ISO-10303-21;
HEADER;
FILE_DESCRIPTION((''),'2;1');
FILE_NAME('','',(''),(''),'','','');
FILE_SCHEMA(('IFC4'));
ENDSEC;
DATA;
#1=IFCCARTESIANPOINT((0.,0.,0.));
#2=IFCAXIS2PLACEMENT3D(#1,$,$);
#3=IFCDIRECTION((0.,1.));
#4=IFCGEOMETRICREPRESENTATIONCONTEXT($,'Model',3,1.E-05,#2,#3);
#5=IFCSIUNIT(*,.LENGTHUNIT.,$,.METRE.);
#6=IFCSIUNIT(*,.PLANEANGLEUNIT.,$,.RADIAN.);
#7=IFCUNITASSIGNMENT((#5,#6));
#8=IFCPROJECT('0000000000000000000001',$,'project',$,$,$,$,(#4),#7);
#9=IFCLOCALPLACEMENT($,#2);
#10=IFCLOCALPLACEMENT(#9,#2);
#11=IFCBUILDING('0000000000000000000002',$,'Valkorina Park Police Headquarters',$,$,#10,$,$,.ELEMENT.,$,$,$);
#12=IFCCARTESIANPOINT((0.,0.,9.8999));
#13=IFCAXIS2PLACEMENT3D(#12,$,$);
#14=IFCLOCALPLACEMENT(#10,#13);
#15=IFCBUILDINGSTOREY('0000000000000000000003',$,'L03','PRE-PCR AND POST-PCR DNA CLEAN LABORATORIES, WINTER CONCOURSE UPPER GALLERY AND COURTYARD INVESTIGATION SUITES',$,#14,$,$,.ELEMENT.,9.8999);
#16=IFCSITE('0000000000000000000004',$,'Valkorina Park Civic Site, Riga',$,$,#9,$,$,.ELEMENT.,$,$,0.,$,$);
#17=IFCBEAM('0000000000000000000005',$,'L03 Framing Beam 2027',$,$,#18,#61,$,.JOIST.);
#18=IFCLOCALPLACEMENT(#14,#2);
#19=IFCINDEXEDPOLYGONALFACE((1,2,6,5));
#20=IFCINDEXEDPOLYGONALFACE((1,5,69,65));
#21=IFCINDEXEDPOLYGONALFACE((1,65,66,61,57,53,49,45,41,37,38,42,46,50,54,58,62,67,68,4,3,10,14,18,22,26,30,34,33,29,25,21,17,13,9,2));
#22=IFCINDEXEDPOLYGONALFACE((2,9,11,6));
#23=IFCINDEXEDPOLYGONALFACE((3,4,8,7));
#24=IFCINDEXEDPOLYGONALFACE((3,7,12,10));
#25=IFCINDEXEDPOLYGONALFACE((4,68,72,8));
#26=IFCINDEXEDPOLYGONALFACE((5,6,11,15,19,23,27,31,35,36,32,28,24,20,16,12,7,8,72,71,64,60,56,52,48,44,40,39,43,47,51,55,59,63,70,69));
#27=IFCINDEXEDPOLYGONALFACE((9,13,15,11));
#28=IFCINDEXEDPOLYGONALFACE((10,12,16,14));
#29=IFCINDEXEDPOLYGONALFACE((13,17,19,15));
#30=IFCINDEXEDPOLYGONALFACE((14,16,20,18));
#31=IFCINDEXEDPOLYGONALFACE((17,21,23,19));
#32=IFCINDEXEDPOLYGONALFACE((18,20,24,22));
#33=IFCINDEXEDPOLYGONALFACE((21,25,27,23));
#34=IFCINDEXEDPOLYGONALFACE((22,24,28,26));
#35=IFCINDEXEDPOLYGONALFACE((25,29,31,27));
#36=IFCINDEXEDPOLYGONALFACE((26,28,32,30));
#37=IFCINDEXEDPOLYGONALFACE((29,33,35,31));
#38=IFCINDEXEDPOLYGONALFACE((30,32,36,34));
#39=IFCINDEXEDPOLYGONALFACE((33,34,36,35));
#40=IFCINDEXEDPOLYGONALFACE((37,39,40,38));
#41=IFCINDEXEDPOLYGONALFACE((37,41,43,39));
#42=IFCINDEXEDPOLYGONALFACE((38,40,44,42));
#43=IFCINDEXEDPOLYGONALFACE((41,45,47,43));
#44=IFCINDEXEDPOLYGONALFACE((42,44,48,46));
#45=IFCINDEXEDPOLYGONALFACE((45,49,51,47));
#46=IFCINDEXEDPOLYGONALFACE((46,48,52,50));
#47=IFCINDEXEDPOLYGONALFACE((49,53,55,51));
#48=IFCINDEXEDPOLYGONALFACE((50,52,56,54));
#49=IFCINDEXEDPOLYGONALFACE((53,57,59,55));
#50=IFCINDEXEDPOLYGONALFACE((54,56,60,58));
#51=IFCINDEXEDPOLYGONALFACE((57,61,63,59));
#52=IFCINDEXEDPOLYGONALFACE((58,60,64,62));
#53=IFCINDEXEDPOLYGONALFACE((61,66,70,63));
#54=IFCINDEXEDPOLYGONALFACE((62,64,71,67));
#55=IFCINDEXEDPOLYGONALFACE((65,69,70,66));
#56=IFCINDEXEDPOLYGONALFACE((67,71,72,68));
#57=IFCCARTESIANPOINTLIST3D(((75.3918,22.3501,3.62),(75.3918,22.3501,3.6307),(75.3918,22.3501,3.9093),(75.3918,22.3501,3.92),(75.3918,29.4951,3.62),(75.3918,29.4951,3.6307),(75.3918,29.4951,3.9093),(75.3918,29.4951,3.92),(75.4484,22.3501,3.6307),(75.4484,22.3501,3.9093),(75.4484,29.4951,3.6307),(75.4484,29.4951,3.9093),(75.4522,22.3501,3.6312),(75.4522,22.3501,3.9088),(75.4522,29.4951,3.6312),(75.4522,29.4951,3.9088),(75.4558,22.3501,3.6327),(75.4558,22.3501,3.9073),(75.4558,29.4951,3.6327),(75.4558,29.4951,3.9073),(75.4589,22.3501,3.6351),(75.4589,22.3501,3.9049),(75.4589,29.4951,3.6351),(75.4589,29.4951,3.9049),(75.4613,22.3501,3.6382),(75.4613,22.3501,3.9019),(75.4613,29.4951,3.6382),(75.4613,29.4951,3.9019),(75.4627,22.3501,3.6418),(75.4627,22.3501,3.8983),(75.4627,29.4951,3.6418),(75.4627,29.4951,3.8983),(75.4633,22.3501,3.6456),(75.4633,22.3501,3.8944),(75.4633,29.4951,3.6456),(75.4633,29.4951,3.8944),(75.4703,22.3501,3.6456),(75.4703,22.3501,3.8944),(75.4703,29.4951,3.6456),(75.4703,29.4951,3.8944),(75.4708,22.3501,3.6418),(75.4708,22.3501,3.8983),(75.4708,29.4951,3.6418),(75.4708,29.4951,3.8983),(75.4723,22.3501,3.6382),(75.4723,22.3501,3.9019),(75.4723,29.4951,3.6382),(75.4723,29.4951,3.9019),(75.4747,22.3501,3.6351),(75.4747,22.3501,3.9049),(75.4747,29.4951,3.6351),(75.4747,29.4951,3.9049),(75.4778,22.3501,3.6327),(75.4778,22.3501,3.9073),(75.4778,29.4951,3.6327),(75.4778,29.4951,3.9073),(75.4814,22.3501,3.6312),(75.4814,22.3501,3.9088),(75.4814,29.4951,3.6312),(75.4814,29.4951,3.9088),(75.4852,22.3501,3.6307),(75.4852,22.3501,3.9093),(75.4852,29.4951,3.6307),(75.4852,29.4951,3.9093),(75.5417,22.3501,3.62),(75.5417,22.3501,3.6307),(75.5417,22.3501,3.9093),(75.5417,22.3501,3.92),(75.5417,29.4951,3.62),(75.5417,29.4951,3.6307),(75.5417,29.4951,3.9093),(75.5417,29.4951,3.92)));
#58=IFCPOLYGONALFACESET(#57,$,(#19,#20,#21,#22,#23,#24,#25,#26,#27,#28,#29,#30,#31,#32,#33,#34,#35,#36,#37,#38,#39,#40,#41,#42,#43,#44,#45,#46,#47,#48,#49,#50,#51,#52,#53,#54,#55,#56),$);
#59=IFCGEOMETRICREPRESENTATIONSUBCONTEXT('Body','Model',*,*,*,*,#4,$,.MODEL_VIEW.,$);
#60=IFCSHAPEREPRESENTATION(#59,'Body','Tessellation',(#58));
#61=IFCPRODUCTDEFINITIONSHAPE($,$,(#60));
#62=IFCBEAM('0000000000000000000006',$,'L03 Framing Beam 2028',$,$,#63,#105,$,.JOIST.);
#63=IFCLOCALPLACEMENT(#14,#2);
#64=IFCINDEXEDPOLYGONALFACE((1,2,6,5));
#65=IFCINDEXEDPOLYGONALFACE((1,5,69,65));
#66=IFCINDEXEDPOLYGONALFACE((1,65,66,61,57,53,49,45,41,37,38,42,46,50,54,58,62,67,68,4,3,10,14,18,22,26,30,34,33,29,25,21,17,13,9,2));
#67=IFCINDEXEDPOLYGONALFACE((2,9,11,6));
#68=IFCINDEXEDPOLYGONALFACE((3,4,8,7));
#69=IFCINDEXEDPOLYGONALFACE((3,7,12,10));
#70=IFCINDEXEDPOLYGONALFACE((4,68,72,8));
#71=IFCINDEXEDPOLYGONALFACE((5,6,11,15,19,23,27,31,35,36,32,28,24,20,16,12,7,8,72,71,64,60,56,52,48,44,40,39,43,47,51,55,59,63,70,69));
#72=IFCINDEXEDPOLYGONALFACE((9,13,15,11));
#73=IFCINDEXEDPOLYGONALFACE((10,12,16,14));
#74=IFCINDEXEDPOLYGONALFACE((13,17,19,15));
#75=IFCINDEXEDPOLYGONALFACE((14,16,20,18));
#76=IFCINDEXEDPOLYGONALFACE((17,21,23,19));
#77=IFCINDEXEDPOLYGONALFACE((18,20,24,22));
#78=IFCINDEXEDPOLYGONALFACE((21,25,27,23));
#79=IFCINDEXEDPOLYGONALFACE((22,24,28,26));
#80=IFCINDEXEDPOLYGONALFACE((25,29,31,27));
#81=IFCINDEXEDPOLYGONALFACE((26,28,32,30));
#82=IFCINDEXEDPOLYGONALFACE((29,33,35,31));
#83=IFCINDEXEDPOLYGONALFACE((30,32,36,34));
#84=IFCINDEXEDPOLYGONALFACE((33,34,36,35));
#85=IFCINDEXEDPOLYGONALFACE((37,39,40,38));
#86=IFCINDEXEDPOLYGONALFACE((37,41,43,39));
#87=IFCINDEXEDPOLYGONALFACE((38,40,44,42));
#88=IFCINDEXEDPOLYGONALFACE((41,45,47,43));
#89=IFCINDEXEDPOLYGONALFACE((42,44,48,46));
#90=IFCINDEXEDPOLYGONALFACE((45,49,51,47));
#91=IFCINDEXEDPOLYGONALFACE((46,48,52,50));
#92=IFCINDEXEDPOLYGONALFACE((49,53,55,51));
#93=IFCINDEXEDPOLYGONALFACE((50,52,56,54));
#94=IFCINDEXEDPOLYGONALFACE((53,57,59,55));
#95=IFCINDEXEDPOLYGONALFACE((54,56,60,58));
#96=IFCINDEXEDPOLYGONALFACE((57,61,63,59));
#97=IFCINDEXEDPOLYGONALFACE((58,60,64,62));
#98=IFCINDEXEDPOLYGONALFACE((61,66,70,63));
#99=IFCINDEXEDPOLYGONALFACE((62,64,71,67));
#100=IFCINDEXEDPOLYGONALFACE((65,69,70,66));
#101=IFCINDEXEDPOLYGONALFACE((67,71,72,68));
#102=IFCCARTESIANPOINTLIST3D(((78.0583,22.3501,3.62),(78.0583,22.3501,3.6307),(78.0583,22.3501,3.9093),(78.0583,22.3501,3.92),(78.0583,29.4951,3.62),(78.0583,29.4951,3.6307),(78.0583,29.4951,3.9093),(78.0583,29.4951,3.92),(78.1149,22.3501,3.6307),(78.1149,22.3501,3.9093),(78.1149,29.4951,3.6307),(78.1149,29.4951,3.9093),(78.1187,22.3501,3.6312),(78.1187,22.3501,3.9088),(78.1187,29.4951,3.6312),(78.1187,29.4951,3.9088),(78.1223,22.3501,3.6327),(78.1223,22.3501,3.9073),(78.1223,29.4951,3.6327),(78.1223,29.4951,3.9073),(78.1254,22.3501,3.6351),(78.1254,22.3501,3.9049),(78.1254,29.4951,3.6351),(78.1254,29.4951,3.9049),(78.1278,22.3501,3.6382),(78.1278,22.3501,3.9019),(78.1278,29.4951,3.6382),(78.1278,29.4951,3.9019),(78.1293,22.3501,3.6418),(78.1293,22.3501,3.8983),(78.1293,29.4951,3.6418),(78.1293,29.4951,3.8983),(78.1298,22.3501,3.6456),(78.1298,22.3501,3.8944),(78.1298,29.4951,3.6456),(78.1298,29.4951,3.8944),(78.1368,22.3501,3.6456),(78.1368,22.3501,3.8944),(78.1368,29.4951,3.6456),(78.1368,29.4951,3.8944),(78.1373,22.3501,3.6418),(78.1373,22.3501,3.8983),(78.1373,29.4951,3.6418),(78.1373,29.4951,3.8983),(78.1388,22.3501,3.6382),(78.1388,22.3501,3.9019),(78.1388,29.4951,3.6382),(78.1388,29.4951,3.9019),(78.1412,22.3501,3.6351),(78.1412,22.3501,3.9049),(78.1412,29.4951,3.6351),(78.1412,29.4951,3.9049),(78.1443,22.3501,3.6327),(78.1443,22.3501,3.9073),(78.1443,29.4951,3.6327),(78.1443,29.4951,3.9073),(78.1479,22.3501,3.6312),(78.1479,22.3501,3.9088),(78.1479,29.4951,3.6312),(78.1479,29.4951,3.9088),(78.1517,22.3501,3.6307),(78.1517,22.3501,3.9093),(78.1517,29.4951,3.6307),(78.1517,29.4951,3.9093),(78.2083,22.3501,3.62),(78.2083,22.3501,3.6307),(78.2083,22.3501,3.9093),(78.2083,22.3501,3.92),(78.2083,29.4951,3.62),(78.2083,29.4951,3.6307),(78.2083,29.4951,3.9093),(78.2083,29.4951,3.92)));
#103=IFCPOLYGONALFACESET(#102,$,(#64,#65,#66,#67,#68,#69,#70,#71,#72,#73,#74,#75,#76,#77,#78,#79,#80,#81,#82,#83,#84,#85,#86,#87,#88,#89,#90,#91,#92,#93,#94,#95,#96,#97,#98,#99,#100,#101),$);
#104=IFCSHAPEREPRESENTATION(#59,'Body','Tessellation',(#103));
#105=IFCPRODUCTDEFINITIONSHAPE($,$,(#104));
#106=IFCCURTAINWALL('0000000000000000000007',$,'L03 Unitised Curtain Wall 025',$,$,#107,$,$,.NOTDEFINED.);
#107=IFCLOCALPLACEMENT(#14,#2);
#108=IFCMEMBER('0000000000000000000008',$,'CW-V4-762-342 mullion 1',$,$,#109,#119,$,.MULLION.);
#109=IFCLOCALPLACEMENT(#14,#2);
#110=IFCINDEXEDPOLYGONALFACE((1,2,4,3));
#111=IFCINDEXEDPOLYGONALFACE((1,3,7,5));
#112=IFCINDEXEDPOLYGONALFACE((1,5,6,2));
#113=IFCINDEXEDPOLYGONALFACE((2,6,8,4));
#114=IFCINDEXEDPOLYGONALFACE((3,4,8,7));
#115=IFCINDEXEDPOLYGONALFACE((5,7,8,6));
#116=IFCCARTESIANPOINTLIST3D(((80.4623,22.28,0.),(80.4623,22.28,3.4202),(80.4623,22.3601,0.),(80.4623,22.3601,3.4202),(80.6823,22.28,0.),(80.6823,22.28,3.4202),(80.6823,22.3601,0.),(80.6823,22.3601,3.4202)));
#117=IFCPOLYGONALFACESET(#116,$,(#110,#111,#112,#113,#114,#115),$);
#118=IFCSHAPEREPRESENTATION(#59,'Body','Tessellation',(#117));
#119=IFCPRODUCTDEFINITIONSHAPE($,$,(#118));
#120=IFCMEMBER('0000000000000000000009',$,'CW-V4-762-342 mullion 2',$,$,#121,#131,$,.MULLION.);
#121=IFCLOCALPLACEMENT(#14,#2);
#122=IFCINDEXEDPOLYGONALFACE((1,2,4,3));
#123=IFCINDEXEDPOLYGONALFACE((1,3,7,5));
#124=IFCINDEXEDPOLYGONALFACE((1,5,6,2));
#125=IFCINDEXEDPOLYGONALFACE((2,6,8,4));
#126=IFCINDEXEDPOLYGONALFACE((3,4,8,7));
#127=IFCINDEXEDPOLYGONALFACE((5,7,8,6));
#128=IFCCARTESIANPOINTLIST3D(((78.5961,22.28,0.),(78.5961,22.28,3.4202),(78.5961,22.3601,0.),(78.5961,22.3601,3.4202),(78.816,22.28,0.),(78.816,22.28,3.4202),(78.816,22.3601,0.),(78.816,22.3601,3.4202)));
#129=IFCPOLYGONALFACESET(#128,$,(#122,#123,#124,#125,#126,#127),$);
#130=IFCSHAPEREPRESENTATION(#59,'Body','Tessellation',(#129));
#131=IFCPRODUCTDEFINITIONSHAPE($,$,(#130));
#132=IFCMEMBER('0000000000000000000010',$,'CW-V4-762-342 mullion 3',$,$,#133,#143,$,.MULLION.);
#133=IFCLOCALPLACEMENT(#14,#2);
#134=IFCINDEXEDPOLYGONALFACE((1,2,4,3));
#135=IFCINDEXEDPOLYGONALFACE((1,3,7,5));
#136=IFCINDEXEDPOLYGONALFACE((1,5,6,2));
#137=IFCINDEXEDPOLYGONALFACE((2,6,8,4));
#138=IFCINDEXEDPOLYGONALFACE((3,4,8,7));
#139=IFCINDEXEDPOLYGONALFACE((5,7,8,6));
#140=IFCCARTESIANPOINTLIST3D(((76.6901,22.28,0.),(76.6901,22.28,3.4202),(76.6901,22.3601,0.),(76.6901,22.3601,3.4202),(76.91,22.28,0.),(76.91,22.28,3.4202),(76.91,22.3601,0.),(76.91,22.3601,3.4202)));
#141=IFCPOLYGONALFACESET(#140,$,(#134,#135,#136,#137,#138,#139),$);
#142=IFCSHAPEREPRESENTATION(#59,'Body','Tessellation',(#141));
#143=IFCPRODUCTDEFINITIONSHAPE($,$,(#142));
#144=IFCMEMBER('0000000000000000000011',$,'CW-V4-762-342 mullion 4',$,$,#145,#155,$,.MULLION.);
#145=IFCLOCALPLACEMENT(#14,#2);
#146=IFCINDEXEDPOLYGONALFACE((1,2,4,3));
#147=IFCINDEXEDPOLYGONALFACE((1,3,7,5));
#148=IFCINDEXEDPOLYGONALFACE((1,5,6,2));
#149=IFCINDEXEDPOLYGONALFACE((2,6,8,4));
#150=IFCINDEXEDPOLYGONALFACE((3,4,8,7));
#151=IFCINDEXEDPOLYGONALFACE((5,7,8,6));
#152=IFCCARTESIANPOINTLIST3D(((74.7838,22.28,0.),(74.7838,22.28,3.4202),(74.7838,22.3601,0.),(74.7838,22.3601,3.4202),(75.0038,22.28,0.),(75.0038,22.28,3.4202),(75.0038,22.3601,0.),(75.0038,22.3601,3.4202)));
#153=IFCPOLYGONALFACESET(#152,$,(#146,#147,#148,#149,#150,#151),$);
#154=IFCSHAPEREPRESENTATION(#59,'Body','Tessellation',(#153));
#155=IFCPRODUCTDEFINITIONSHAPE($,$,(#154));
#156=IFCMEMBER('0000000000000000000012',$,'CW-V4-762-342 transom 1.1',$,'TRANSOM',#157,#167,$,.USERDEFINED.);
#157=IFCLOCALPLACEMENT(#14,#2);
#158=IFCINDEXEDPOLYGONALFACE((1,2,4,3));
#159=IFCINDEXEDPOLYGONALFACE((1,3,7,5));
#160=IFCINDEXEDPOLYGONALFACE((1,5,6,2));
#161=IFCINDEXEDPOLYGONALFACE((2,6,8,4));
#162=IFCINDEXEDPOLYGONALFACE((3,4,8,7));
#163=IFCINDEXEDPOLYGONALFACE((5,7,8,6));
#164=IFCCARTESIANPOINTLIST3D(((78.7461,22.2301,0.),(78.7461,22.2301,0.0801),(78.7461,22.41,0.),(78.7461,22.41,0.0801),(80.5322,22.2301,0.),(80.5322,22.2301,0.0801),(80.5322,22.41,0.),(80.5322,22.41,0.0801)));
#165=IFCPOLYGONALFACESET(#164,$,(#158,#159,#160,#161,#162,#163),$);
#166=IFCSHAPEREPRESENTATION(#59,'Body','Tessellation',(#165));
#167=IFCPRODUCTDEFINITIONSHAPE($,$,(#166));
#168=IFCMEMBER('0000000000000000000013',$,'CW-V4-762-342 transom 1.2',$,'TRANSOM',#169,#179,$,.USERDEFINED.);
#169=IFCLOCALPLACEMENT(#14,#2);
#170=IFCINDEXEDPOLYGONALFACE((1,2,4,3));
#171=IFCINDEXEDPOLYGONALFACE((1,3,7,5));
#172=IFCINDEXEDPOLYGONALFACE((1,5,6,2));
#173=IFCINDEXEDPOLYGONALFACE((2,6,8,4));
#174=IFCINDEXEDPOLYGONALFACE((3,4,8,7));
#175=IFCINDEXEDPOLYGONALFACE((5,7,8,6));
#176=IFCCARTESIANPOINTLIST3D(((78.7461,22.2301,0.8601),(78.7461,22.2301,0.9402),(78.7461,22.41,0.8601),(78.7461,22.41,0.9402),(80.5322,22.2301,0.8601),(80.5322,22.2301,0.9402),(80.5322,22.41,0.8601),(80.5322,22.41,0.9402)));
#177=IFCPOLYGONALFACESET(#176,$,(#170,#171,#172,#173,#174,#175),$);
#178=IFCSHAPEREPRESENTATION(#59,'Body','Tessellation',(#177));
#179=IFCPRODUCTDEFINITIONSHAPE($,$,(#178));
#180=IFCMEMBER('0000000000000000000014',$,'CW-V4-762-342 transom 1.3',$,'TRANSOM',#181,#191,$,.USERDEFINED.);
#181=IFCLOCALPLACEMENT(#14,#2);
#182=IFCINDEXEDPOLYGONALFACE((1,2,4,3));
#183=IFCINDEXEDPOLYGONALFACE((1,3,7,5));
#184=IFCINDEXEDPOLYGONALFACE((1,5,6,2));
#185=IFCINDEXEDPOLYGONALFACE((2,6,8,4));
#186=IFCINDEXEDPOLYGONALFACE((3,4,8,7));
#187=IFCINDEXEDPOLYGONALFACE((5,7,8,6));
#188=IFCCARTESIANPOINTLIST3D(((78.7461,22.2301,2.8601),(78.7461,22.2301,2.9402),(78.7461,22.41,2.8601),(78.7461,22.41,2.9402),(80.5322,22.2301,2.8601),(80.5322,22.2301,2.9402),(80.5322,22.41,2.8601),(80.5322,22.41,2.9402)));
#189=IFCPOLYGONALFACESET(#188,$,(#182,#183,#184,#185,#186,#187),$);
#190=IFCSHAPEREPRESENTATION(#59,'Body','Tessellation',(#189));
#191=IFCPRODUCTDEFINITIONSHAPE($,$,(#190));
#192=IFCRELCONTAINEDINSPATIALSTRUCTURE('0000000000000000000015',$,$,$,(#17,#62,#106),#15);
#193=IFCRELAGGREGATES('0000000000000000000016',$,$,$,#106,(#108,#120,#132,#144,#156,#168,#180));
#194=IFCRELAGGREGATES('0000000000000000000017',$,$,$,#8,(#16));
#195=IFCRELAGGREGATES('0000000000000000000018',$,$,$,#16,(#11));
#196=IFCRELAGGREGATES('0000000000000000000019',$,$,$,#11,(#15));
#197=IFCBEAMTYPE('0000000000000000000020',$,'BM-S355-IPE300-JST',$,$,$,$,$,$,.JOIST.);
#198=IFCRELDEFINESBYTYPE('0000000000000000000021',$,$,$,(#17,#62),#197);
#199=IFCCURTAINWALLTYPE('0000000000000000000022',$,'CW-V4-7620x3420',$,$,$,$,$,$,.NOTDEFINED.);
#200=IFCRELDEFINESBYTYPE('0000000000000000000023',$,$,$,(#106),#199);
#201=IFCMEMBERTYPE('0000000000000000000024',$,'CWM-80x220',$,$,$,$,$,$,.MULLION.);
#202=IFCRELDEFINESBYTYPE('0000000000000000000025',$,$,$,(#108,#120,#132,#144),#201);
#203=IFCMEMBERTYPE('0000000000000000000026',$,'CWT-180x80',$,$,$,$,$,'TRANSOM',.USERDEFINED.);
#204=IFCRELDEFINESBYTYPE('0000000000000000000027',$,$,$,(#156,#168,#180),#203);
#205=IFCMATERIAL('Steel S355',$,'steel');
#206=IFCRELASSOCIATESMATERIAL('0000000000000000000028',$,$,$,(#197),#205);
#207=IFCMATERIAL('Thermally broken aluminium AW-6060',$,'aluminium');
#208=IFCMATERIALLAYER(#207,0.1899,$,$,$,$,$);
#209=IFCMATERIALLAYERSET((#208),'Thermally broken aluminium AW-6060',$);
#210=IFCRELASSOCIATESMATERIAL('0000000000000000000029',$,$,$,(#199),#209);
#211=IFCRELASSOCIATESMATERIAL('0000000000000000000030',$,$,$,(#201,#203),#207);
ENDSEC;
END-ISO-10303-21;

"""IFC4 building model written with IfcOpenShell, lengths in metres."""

from ifc_helpers import new_model, si_unit, direction, frame, origin, origin_2d, place, context, subcontext, project, spatial, rectangle, i_section, extrude, material, layer, layer_set, material_profile, profile_set, type_object, element, aggregate, save


model = new_model("IFC4")

# Units and contexts
model_context = context("Model", 3, precision=1e-05, world=origin(), true_north=direction((0.0, 1.0)))
body_context = subcontext(model_context, "Body", "Model", "MODEL_VIEW")
ifc_project = project(units=[si_unit("LENGTHUNIT", "METRE"), si_unit("PLANEANGLEUNIT", "RADIAN")], contexts=[model_context])

# Site, building, storey
site_placement = place(None, origin())
site = spatial("IfcSite", under=ifc_project, at=site_placement, Name="Valkorina Park Civic Site, Riga", CompositionType="ELEMENT", RefElevation=0.0)
building_placement = place(site_placement, origin())
building = spatial("IfcBuilding", under=site, at=building_placement, Name="Valkorina Park Police Headquarters", CompositionType="ELEMENT")
storey_placement = place(building_placement, frame((0.0, 0.0, 9.8999)))
storey = spatial("IfcBuildingStorey", under=building, at=storey_placement, Name="L03", Description="PRE-PCR AND POST-PCR DNA CLEAN LABORATORIES, WINTER CONCOURSE UPPER GALLERY AND COURTYARD INVESTIGATION SUITES", CompositionType="ELEMENT", Elevation=9.8999)

# Beams
ifc_material_1 = material(Name="Steel S355", Category="steel")
ifc_material_profile_1 = material_profile(ifc_material_1, i_section(OverallWidth=0.1499, OverallDepth=0.3, WebThickness=0.0071, FlangeThickness=0.0107, FilletRadius=0.0149, at=origin_2d()), Name="IPE 300")
ifc_profile_set_1 = profile_set([ifc_material_profile_1], Name="Steel S355")
beam_type = type_object("IfcBeamType", Name="BM-S355-IPE300-JST", PredefinedType="JOIST", material=ifc_profile_set_1)
for number, where, z_axis, x_axis, name in (
    (1, (75.4668, 22.3501, 3.77), (0.0, 1.0, 0.0), (-1.0, 0.0, 0.0), "L03 Framing Beam 2027"),
    (2, (78.1333, 22.3501, 3.77), (0.0, 1.0, 0.0), (-1.0, 0.0, 0.0), "L03 Framing Beam 2028"),
):
    element("IfcBeam", number, at=place(storey_placement, frame(where, z_axis=z_axis, x_axis=x_axis)), inside=storey, type_object=beam_type, Name=name, PredefinedType="JOIST", context=body_context, shape_type="SweptSolid", body=[
        extrude(i_section(OverallWidth=0.1499, OverallDepth=0.3, WebThickness=0.0071, FlangeThickness=0.0107, FilletRadius=0.0149, at=origin_2d()), origin(), (0.0, 0.0, 1.0), 7.145),
    ])

# Curtain wall, members
ifc_material_2 = material(Name="Thermally broken aluminium AW-6060", Category="aluminium")
ifc_layer_1 = layer(ifc_material_2, 0.1899)
ifc_layer_set_1 = layer_set([ifc_layer_1], Name="Thermally broken aluminium AW-6060")
curtain_wall_type = type_object("IfcCurtainWallType", Name="CW-V4-7620x3420", PredefinedType="NOTDEFINED", material=ifc_layer_set_1)
curtain_wall_placement = place(storey_placement, origin())
curtain_wall = element("IfcCurtainWall", 3, at=curtain_wall_placement, inside=storey, type_object=curtain_wall_type, Name="L03 Unitised Curtain Wall 025", PredefinedType="NOTDEFINED")
ifc_material_profile_2 = material_profile(ifc_material_2, rectangle(XDim=0.0801, YDim=0.22, at=origin_2d()), Name="CWM-03 80x220")
ifc_profile_set_2 = profile_set([ifc_material_profile_2], Name="Thermally broken aluminium AW-6060")
member_type_1 = type_object("IfcMemberType", Name="CWM-80x220", PredefinedType="MULLION", material=ifc_profile_set_2)
member_1_placement = place(storey_placement, frame((80.5723, 22.3201, 0.0), z_axis=(0.0, 0.0, 1.0), x_axis=(0.0, -1.0, 0.0)))
member_1 = element("IfcMember", 4, at=member_1_placement, type_object=member_type_1, Name="CW-V4-762-342 mullion 1", PredefinedType="MULLION", context=body_context, shape_type="SweptSolid", body=[
    extrude(rectangle(XDim=0.0801, YDim=0.22, at=origin_2d()), origin(), (0.0, 0.0, 1.0), 3.4202),
])
member_2_placement = place(storey_placement, frame((78.7061, 22.3201, 0.0), z_axis=(0.0, 0.0, 1.0), x_axis=(0.0, -1.0, 0.0)))
member_2 = element("IfcMember", 5, at=member_2_placement, type_object=member_type_1, Name="CW-V4-762-342 mullion 2", PredefinedType="MULLION", context=body_context, shape_type="SweptSolid", body=[
    extrude(rectangle(XDim=0.0801, YDim=0.22, at=origin_2d()), origin(), (0.0, 0.0, 1.0), 3.4202),
])
member_3_placement = place(storey_placement, frame((76.8, 22.3201, 0.0), z_axis=(0.0, 0.0, 1.0), x_axis=(0.0, -1.0, 0.0)))
member_3 = element("IfcMember", 6, at=member_3_placement, type_object=member_type_1, Name="CW-V4-762-342 mullion 3", PredefinedType="MULLION", context=body_context, shape_type="SweptSolid", body=[
    extrude(rectangle(XDim=0.0801, YDim=0.22, at=origin_2d()), origin(), (0.0, 0.0, 1.0), 3.4202),
])
member_4_placement = place(storey_placement, frame((74.8938, 22.3201, 0.0), z_axis=(0.0, 0.0, 1.0), x_axis=(0.0, -1.0, 0.0)))
member_4 = element("IfcMember", 7, at=member_4_placement, type_object=member_type_1, Name="CW-V4-762-342 mullion 4", PredefinedType="MULLION", context=body_context, shape_type="SweptSolid", body=[
    extrude(rectangle(XDim=0.0801, YDim=0.22, at=origin_2d()), origin(), (0.0, 0.0, 1.0), 3.4202),
])
ifc_material_profile_3 = material_profile(ifc_material_2, rectangle(XDim=0.1799, YDim=0.0801, at=origin_2d()), Name="CWT-03 180x80")
ifc_profile_set_3 = profile_set([ifc_material_profile_3], Name="Thermally broken aluminium AW-6060")
member_type_2 = type_object("IfcMemberType", Name="CWT-180x80", ElementType="TRANSOM", PredefinedType="USERDEFINED", material=ifc_profile_set_3)
member_5_placement = place(storey_placement, frame((80.5322, 22.3201, 0.04), z_axis=(-1.0, 0.0, 0.0), x_axis=(0.0, -1.0, 0.0)))
member_5 = element("IfcMember", 8, at=member_5_placement, type_object=member_type_2, Name="CW-V4-762-342 transom 1.1", ObjectType="TRANSOM", PredefinedType="USERDEFINED", context=body_context, shape_type="SweptSolid", body=[
    extrude(rectangle(XDim=0.1799, YDim=0.0801, at=origin_2d()), origin(), (0.0, 0.0, 1.0), 1.7861),
])
member_6_placement = place(storey_placement, frame((80.5322, 22.3201, 0.9001), z_axis=(-1.0, 0.0, 0.0), x_axis=(0.0, -1.0, 0.0)))
member_6 = element("IfcMember", 9, at=member_6_placement, type_object=member_type_2, Name="CW-V4-762-342 transom 1.2", ObjectType="TRANSOM", PredefinedType="USERDEFINED", context=body_context, shape_type="SweptSolid", body=[
    extrude(rectangle(XDim=0.1799, YDim=0.0801, at=origin_2d()), origin(), (0.0, 0.0, 1.0), 1.7861),
])
member_7_placement = place(storey_placement, frame((80.5322, 22.3201, 2.9001), z_axis=(-1.0, 0.0, 0.0), x_axis=(0.0, -1.0, 0.0)))
member_7 = element("IfcMember", 10, at=member_7_placement, type_object=member_type_2, Name="CW-V4-762-342 transom 1.3", ObjectType="TRANSOM", PredefinedType="USERDEFINED", context=body_context, shape_type="SweptSolid", body=[
    extrude(rectangle(XDim=0.1799, YDim=0.0801, at=origin_2d()), origin(), (0.0, 0.0, 1.0), 1.7861),
])
aggregate(curtain_wall, [member_1, member_2, member_3, member_4, member_5, member_6, member_7])

save(model, "model.ifc")
